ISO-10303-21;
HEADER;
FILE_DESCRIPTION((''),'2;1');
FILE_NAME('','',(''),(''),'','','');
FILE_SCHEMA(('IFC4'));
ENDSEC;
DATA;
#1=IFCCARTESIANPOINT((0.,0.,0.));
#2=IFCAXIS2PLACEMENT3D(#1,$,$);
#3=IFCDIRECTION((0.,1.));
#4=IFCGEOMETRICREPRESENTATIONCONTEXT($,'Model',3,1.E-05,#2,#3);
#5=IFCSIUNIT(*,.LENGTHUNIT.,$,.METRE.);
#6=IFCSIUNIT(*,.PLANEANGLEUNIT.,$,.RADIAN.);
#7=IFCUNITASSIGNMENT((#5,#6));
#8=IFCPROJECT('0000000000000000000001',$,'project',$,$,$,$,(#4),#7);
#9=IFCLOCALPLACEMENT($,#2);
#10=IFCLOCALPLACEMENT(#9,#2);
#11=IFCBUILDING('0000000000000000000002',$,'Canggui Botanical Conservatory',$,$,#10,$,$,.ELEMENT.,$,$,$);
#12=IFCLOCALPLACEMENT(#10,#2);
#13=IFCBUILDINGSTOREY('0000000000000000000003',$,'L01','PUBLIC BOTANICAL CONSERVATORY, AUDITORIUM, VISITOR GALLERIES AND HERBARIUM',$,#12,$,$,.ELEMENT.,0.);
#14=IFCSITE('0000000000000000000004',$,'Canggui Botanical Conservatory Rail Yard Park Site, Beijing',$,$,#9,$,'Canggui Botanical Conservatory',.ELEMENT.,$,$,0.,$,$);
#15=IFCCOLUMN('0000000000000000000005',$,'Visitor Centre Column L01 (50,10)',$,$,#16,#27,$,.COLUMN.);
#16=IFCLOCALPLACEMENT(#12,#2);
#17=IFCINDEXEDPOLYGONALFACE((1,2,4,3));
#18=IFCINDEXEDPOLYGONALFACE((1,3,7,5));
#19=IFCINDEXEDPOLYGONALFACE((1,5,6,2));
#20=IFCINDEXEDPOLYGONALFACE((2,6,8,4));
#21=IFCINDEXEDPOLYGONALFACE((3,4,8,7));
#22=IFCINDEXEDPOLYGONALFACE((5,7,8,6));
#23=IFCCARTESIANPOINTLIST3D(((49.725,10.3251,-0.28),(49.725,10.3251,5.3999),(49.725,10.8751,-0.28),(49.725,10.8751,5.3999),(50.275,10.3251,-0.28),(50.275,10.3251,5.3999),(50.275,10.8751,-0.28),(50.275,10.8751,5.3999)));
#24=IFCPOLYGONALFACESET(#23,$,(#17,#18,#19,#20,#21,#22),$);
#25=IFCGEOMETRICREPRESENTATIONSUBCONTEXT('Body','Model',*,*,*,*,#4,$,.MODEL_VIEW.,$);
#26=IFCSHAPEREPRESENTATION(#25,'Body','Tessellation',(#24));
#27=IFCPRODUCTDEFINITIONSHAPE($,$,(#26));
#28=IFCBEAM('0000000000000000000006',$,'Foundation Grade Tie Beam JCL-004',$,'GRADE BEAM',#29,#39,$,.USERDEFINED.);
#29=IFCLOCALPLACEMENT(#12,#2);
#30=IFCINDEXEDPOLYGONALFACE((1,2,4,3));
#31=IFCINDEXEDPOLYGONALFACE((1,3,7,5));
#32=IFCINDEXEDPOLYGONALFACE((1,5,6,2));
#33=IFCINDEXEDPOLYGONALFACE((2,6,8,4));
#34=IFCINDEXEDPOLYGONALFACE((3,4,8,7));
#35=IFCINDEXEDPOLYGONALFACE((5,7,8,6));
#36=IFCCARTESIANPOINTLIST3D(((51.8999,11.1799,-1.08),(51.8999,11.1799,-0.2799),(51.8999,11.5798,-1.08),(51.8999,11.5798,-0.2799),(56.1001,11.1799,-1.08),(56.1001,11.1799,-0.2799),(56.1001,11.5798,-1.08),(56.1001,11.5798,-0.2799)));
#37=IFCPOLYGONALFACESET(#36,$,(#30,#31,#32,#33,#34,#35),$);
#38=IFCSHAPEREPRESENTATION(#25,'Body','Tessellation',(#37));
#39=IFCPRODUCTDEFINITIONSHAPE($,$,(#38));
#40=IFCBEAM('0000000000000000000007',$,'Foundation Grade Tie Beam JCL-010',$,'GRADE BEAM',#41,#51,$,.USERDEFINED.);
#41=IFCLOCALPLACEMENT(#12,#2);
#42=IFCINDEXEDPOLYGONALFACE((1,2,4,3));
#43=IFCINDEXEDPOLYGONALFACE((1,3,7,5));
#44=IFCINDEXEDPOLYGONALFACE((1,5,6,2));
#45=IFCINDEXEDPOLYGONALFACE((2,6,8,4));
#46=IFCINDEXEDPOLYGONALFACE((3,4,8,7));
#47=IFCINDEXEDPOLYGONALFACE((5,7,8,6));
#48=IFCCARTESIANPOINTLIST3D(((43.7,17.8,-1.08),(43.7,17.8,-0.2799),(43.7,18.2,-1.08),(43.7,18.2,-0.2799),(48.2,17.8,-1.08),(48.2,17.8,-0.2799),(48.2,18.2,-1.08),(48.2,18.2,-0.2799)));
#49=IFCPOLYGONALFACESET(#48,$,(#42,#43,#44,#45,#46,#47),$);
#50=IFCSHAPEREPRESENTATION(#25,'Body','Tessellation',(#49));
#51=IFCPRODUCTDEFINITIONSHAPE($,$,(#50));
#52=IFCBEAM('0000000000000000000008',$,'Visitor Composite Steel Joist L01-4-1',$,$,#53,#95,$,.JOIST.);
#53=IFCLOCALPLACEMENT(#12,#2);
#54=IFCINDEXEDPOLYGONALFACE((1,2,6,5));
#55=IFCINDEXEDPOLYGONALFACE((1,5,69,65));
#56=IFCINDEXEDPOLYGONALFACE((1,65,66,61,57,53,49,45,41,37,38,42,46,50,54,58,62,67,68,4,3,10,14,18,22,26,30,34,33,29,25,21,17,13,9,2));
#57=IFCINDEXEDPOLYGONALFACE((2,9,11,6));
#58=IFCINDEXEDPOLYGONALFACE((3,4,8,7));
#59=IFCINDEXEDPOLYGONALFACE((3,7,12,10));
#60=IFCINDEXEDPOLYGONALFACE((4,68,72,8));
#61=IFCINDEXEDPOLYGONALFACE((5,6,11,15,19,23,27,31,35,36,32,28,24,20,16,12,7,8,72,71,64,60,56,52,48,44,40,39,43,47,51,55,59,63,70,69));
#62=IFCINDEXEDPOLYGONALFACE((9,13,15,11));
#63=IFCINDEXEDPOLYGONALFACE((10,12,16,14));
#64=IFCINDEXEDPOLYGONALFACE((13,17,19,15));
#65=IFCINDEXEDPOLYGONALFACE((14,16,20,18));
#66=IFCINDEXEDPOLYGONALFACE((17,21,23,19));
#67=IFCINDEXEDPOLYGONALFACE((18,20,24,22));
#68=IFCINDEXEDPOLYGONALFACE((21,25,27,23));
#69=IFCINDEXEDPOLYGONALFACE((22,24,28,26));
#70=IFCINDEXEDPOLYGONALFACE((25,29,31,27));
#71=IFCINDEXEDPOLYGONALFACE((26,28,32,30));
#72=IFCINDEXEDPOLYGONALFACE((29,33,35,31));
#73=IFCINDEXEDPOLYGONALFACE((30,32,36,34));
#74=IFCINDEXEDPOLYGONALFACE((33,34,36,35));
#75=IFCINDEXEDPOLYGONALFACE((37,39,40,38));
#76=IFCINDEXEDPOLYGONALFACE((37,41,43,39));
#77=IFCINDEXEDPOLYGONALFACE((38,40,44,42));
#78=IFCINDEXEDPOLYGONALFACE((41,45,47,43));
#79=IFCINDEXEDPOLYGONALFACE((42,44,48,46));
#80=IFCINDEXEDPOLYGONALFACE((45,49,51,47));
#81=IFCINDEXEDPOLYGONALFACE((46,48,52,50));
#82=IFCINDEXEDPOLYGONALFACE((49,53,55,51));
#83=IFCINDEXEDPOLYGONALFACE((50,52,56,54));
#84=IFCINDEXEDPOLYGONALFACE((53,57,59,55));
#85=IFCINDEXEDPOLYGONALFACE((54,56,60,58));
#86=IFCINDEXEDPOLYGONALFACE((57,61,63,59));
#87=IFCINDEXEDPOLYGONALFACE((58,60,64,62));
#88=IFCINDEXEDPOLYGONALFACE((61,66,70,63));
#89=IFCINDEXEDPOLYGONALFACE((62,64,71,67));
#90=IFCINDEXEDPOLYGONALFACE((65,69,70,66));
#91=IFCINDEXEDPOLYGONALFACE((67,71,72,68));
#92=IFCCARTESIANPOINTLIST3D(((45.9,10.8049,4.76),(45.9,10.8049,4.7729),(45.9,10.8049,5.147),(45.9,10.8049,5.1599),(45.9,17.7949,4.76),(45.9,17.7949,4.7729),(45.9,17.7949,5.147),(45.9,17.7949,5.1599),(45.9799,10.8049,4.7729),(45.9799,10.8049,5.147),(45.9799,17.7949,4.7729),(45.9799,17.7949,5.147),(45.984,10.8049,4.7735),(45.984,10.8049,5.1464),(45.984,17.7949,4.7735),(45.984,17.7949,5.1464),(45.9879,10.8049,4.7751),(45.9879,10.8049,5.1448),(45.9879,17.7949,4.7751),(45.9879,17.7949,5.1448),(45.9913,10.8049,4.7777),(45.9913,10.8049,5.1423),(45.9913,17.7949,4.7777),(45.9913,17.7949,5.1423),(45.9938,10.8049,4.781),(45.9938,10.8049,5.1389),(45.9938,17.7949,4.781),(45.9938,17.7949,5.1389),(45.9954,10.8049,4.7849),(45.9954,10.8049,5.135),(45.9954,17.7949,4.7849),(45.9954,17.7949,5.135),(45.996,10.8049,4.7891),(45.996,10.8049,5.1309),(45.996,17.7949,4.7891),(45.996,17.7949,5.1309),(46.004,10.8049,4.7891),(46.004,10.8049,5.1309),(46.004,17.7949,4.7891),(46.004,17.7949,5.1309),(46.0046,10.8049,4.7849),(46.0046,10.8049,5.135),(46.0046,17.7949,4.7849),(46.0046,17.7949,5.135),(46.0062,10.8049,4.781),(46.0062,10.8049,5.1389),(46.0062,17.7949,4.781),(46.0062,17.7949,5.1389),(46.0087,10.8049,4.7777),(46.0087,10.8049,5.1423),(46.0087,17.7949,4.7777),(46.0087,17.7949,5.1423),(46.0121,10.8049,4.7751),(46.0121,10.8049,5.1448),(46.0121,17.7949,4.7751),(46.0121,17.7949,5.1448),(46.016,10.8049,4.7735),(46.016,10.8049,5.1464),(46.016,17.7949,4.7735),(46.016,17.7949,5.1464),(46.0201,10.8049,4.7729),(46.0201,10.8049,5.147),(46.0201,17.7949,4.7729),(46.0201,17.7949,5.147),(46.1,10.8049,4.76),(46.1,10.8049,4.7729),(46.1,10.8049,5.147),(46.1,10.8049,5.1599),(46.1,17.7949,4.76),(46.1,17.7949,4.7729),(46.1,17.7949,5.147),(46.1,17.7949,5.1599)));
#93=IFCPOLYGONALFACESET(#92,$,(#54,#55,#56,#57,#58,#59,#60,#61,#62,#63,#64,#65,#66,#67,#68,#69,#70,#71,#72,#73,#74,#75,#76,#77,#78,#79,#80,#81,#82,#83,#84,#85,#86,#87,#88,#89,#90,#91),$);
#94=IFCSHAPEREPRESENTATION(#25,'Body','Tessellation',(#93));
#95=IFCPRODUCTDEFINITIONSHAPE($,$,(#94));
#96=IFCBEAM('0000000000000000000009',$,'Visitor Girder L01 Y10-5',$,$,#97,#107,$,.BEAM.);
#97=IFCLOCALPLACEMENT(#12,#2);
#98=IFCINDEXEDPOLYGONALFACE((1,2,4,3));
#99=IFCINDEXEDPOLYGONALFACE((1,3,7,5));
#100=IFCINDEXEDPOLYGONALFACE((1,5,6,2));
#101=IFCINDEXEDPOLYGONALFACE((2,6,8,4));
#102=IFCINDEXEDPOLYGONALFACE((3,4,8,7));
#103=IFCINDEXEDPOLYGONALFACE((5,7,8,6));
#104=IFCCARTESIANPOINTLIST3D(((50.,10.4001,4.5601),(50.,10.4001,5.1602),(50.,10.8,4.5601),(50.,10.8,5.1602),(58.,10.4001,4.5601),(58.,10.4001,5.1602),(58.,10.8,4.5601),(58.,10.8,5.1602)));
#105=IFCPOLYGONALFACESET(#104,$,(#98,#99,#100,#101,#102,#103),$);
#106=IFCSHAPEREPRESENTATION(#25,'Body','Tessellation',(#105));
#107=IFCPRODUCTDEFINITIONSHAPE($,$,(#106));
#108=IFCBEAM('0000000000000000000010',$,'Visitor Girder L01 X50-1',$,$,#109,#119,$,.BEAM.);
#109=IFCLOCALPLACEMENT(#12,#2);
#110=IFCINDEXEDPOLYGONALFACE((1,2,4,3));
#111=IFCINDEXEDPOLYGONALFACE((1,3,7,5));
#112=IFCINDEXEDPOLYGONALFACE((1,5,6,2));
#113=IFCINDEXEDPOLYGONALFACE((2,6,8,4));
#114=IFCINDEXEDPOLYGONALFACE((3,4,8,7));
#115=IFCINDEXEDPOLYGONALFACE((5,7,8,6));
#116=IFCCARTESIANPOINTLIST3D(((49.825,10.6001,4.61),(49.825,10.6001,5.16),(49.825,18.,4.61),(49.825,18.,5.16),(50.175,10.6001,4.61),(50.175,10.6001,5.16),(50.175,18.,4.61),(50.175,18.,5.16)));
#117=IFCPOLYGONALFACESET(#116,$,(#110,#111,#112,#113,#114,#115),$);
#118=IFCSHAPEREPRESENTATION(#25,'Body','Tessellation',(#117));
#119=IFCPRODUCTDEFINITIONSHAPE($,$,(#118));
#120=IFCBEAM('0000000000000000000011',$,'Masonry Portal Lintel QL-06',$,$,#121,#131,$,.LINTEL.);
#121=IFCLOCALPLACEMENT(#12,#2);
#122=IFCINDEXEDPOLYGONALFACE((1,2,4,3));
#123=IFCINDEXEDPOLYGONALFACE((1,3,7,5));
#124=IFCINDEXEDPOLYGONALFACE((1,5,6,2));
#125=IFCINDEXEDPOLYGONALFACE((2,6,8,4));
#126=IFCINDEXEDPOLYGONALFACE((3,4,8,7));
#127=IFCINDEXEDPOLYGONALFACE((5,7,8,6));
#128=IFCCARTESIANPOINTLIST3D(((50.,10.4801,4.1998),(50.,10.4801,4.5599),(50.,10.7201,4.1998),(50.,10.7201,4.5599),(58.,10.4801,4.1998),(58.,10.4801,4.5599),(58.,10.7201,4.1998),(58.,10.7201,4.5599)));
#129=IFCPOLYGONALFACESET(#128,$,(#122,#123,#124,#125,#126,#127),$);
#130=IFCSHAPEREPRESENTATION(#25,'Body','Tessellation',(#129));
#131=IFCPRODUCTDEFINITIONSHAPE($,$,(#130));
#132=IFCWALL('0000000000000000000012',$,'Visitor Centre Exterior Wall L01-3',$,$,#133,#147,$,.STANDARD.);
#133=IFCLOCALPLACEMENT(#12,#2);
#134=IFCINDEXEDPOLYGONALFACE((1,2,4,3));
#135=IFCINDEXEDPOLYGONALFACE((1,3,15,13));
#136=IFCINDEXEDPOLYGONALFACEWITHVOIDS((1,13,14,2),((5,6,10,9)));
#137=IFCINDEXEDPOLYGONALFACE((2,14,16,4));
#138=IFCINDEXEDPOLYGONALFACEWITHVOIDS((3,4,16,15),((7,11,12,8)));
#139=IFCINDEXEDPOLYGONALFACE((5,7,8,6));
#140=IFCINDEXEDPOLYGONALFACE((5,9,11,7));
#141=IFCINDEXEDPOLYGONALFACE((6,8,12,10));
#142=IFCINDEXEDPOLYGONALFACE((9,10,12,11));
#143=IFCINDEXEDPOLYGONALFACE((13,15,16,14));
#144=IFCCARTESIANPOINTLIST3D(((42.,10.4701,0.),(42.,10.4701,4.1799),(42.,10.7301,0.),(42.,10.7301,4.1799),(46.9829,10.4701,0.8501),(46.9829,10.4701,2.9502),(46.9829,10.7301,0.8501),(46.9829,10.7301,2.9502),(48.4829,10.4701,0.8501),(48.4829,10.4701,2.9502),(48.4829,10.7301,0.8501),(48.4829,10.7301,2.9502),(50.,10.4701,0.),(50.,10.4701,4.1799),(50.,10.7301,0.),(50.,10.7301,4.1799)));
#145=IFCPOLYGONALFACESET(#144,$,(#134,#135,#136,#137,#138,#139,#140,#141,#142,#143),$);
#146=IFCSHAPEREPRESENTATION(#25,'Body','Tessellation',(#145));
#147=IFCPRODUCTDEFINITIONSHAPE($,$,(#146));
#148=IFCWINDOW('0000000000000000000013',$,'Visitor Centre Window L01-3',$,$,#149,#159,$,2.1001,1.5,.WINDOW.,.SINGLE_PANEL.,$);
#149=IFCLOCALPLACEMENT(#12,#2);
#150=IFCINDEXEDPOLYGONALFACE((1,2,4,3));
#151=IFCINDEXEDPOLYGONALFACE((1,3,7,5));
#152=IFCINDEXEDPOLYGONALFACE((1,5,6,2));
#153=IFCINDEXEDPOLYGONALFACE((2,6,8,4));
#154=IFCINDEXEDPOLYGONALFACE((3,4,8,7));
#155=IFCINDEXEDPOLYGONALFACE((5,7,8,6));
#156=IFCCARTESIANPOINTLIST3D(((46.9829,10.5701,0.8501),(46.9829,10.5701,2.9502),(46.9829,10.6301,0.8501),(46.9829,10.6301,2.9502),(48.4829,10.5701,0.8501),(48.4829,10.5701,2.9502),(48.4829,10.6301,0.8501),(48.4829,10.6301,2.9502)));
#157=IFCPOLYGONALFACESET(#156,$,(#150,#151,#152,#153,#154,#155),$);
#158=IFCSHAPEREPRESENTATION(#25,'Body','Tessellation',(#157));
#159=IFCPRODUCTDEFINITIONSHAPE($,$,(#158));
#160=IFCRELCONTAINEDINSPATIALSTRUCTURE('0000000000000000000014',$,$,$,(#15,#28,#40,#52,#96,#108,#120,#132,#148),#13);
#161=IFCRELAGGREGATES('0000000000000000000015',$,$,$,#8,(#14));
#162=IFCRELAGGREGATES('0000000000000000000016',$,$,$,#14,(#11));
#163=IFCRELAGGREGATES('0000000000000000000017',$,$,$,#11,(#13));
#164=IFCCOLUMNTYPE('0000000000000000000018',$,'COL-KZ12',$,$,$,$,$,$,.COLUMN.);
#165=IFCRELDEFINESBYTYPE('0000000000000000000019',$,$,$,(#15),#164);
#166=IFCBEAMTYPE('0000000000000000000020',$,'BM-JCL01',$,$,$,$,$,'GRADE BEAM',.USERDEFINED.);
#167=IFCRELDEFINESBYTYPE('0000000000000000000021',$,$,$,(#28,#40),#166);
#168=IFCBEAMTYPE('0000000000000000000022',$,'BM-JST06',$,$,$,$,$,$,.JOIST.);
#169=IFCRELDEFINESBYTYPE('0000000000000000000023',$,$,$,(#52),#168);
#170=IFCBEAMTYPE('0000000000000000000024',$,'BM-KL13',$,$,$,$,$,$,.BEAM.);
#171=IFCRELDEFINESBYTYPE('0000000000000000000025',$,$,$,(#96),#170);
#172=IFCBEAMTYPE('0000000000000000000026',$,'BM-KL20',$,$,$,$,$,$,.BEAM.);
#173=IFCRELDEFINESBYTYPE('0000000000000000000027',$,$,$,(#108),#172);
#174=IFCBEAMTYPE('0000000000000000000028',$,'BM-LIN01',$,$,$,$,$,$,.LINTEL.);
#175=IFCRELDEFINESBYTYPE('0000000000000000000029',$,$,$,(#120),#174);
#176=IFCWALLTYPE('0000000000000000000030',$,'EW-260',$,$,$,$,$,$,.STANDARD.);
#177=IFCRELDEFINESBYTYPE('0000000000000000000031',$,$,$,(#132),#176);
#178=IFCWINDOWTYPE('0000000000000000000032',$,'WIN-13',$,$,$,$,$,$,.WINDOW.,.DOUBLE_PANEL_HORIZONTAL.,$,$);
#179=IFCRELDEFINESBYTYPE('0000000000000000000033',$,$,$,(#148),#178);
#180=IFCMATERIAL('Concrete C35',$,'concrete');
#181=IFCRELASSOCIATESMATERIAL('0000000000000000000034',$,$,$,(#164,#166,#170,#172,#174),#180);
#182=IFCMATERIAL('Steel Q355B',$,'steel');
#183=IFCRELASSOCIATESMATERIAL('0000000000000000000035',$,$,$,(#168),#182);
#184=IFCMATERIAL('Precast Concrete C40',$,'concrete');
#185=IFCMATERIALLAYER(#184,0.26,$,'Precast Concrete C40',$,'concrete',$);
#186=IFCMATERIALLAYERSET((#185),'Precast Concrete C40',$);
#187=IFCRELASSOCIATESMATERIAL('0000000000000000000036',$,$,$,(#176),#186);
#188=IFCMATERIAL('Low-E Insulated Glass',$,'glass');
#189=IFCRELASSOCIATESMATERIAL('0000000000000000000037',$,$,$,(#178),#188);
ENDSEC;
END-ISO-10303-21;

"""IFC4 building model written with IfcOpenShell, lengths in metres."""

from ifc_helpers import new_model, si_unit, direction, frame, frame_2d, origin, origin_2d, place, context, subcontext, project, spatial, rectangle, i_section, extrude, material, layer, layer_set, material_profile, profile_set, type_object, element, fill, save


model = new_model("IFC4")

# Units and contexts
model_context = context("Model", 3, precision=1e-05, world=origin(), true_north=direction((0.0, 1.0)))
body_context = subcontext(model_context, "Body", "Model", "MODEL_VIEW")
ifc_project = project(units=[si_unit("LENGTHUNIT", "METRE"), si_unit("PLANEANGLEUNIT", "RADIAN")], contexts=[model_context])

# Site, building, storey
site_placement = place(None, origin())
site = spatial("IfcSite", under=ifc_project, at=site_placement, Name="Canggui Botanical Conservatory Rail Yard Park Site, Beijing", LongName="Canggui Botanical Conservatory", CompositionType="ELEMENT", RefElevation=0.0)
building_placement = place(site_placement, origin())
building = spatial("IfcBuilding", under=site, at=building_placement, Name="Canggui Botanical Conservatory", CompositionType="ELEMENT")
storey_placement = place(building_placement, origin())
storey = spatial("IfcBuildingStorey", under=building, at=storey_placement, Name="L01", Description="PUBLIC BOTANICAL CONSERVATORY, AUDITORIUM, VISITOR GALLERIES AND HERBARIUM", CompositionType="ELEMENT", Elevation=0.0)

# Shared definitions
ifc_material_1 = material(Name="Concrete C35", Category="concrete")

# Column
ifc_material_profile_1 = material_profile(ifc_material_1, rectangle(XDim=0.55, YDim=0.55, at=origin_2d()), Name="RC 550x550")
ifc_profile_set_1 = profile_set([ifc_material_profile_1], Name="Concrete C35")
column_type = type_object("IfcColumnType", Name="COL-KZ12", PredefinedType="COLUMN", material=ifc_profile_set_1)
column_placement = place(storey_placement, frame((50.0, 10.6001, -0.28), z_axis=(0.0, 0.0, 1.0), x_axis=(1.0, 0.0, 0.0)))
element("IfcColumn", 1, at=column_placement, inside=storey, type_object=column_type, Name="Visitor Centre Column L01 (50,10)", PredefinedType="COLUMN", context=body_context, shape_type="SweptSolid", body=[
    extrude(rectangle(XDim=0.55, YDim=0.55, at=origin_2d()), origin(), (0.0, 0.0, 1.0), 5.6799),
])

# Beams
ifc_material_profile_2 = material_profile(ifc_material_1, rectangle(XDim=0.3999, YDim=0.8, at=origin_2d()), Name="RB 400x800")
ifc_profile_set_2 = profile_set([ifc_material_profile_2], Name="Concrete C35")
beam_type_1 = type_object("IfcBeamType", Name="BM-JCL01", ElementType="GRADE BEAM", PredefinedType="USERDEFINED", material=ifc_profile_set_2)
beam_1_placement = place(storey_placement, frame((51.8999, 11.3799, -0.6799), z_axis=(1.0, 0.0, 0.0), x_axis=(0.0, 1.0, 0.0)))
element("IfcBeam", 2, at=beam_1_placement, inside=storey, type_object=beam_type_1, Name="Foundation Grade Tie Beam JCL-004", ObjectType="GRADE BEAM", PredefinedType="USERDEFINED", context=body_context, shape_type="SweptSolid", body=[
    extrude(rectangle(XDim=0.3999, YDim=0.8, at=origin_2d()), origin(), (0.0, 0.0, 1.0), 4.2002),
])
beam_2_placement = place(storey_placement, frame((43.7, 18.0, -0.6799), z_axis=(1.0, 0.0, 0.0), x_axis=(0.0, 1.0, 0.0)))
element("IfcBeam", 3, at=beam_2_placement, inside=storey, type_object=beam_type_1, Name="Foundation Grade Tie Beam JCL-010", ObjectType="GRADE BEAM", PredefinedType="USERDEFINED", context=body_context, shape_type="SweptSolid", body=[
    extrude(rectangle(XDim=0.3999, YDim=0.8, at=origin_2d()), origin(), (0.0, 0.0, 1.0), 4.5),
])
ifc_material_2 = material(Name="Steel Q355B", Category="steel")
ifc_material_profile_3 = material_profile(ifc_material_2, i_section(OverallWidth=0.2, OverallDepth=0.3999, WebThickness=0.0081, FlangeThickness=0.0129, FilletRadius=0.0161, at=origin_2d()), Name="HN 400x200x8x13")
ifc_profile_set_3 = profile_set([ifc_material_profile_3], Name="Steel Q355B")
beam_type_2 = type_object("IfcBeamType", Name="BM-JST06", PredefinedType="JOIST", material=ifc_profile_set_3)
beam_3_placement = place(storey_placement, frame((46.0, 10.8049, 4.96), z_axis=(0.0, 1.0, 0.0), x_axis=(-1.0, 0.0, 0.0)))
element("IfcBeam", 4, at=beam_3_placement, inside=storey, type_object=beam_type_2, Name="Visitor Composite Steel Joist L01-4-1", PredefinedType="JOIST", context=body_context, shape_type="SweptSolid", body=[
    extrude(i_section(OverallWidth=0.2, OverallDepth=0.3999, WebThickness=0.0081, FlangeThickness=0.0129, FilletRadius=0.0161, at=origin_2d()), origin(), (0.0, 0.0, 1.0), 6.99),
])
ifc_material_profile_4 = material_profile(ifc_material_1, rectangle(XDim=0.3999, YDim=0.6001, at=origin_2d()), Name="RB 400x600")
ifc_profile_set_4 = profile_set([ifc_material_profile_4], Name="Concrete C35")
beam_type_3 = type_object("IfcBeamType", Name="BM-KL13", PredefinedType="BEAM", material=ifc_profile_set_4)
beam_4_placement = place(storey_placement, frame((50.0, 10.6001, 4.8601), z_axis=(1.0, 0.0, 0.0), x_axis=(0.0, 1.0, 0.0)))
element("IfcBeam", 5, at=beam_4_placement, inside=storey, type_object=beam_type_3, Name="Visitor Girder L01 Y10-5", PredefinedType="BEAM", context=body_context, shape_type="SweptSolid", body=[
    extrude(rectangle(XDim=0.3999, YDim=0.6001, at=origin_2d()), origin(), (0.0, 0.0, 1.0), 8.0),
])
ifc_material_profile_5 = material_profile(ifc_material_1, rectangle(XDim=0.3501, YDim=0.55, at=origin_2d()), Name="RB 350x550")
ifc_profile_set_5 = profile_set([ifc_material_profile_5], Name="Concrete C35")
beam_type_4 = type_object("IfcBeamType", Name="BM-KL20", PredefinedType="BEAM", material=ifc_profile_set_5)
beam_5_placement = place(storey_placement, frame((50.0, 10.6001, 4.885), z_axis=(0.0, 1.0, 0.0), x_axis=(-1.0, 0.0, 0.0)))
element("IfcBeam", 6, at=beam_5_placement, inside=storey, type_object=beam_type_4, Name="Visitor Girder L01 X50-1", PredefinedType="BEAM", context=body_context, shape_type="SweptSolid", body=[
    extrude(rectangle(XDim=0.3501, YDim=0.55, at=origin_2d()), origin(), (0.0, 0.0, 1.0), 7.3999),
])
ifc_material_profile_6 = material_profile(ifc_material_1, rectangle(XDim=0.24, YDim=0.3601, at=origin_2d()), Name="RB 240x360")
ifc_profile_set_6 = profile_set([ifc_material_profile_6], Name="Concrete C35")
beam_type_5 = type_object("IfcBeamType", Name="BM-LIN01", PredefinedType="LINTEL", material=ifc_profile_set_6)
beam_6_placement = place(storey_placement, frame((50.0, 10.6001, 4.3799), z_axis=(1.0, 0.0, 0.0), x_axis=(0.0, 1.0, 0.0)))
element("IfcBeam", 7, at=beam_6_placement, inside=storey, type_object=beam_type_5, Name="Masonry Portal Lintel QL-06", PredefinedType="LINTEL", context=body_context, shape_type="SweptSolid", body=[
    extrude(rectangle(XDim=0.24, YDim=0.3601, at=origin_2d()), origin(), (0.0, 0.0, 1.0), 8.0),
])

# Wall, opening, window
ifc_material_3 = material(Name="Precast Concrete C40", Category="concrete")
ifc_layer_1 = layer(ifc_material_3, 0.26, Name="Precast Concrete C40", Category="concrete")
ifc_layer_set_1 = layer_set([ifc_layer_1], Name="Precast Concrete C40")
wall_type_1 = type_object("IfcWallType", Name="EW-260", PredefinedType="STANDARD", material=ifc_layer_set_1)
wall_1_placement = place(storey_placement, frame((50.0, 10.6001, 0.0), z_axis=(0.0, 0.0, 1.0), x_axis=(-1.0, 0.0, 0.0)))
wall_1 = element("IfcWall", 8, at=wall_1_placement, inside=storey, type_object=wall_type_1, Name="Visitor Centre Exterior Wall L01-3", PredefinedType="STANDARD", context=body_context, shape_type="SweptSolid", body=[
    extrude(rectangle(XDim=8.0, YDim=0.26, at=frame_2d((4.0, 0.0))), origin(), (0.0, 0.0, 1.0), 4.1799),
])
opening_1_placement = place(wall_1_placement, frame((1.5171, 0.0, 0.8501)))
opening_1 = element("IfcOpeningElement", 9, at=opening_1_placement, cuts=wall_1, PredefinedType="OPENING", context=body_context, shape_type="SweptSolid", body=[
    extrude(rectangle(XDim=1.5, YDim=2.1001, at=frame_2d((0.75, 1.05))), frame((0.0, 0.1401, 0.0), z_axis=(0.0, -1.0, 0.0), x_axis=(1.0, 0.0, 0.0)), (0.0, 0.0, 1.0), 0.28),
])
ifc_material_4 = material(Name="Low-E Insulated Glass", Category="glass")
window_type = type_object("IfcWindowType", Name="WIN-13", PartitioningType="DOUBLE_PANEL_HORIZONTAL", PredefinedType="WINDOW", material=ifc_material_4)
window_placement = place(opening_1_placement, origin())
window = element("IfcWindow", 10, at=window_placement, inside=storey, type_object=window_type, Name="Visitor Centre Window L01-3", OverallHeight=2.1001, OverallWidth=1.5, PartitioningType="SINGLE_PANEL", PredefinedType="WINDOW", context=body_context, shape_type="SweptSolid", body=[
    extrude(rectangle(XDim=1.5, YDim=2.1001, at=frame_2d((0.75, 1.05))), frame((0.0, 0.03, 0.0), z_axis=(0.0, -1.0, 0.0), x_axis=(1.0, 0.0, 0.0)), (0.0, 0.0, 1.0), 0.0601),
])
fill(opening_1, window)

save(model, "model.ifc")
